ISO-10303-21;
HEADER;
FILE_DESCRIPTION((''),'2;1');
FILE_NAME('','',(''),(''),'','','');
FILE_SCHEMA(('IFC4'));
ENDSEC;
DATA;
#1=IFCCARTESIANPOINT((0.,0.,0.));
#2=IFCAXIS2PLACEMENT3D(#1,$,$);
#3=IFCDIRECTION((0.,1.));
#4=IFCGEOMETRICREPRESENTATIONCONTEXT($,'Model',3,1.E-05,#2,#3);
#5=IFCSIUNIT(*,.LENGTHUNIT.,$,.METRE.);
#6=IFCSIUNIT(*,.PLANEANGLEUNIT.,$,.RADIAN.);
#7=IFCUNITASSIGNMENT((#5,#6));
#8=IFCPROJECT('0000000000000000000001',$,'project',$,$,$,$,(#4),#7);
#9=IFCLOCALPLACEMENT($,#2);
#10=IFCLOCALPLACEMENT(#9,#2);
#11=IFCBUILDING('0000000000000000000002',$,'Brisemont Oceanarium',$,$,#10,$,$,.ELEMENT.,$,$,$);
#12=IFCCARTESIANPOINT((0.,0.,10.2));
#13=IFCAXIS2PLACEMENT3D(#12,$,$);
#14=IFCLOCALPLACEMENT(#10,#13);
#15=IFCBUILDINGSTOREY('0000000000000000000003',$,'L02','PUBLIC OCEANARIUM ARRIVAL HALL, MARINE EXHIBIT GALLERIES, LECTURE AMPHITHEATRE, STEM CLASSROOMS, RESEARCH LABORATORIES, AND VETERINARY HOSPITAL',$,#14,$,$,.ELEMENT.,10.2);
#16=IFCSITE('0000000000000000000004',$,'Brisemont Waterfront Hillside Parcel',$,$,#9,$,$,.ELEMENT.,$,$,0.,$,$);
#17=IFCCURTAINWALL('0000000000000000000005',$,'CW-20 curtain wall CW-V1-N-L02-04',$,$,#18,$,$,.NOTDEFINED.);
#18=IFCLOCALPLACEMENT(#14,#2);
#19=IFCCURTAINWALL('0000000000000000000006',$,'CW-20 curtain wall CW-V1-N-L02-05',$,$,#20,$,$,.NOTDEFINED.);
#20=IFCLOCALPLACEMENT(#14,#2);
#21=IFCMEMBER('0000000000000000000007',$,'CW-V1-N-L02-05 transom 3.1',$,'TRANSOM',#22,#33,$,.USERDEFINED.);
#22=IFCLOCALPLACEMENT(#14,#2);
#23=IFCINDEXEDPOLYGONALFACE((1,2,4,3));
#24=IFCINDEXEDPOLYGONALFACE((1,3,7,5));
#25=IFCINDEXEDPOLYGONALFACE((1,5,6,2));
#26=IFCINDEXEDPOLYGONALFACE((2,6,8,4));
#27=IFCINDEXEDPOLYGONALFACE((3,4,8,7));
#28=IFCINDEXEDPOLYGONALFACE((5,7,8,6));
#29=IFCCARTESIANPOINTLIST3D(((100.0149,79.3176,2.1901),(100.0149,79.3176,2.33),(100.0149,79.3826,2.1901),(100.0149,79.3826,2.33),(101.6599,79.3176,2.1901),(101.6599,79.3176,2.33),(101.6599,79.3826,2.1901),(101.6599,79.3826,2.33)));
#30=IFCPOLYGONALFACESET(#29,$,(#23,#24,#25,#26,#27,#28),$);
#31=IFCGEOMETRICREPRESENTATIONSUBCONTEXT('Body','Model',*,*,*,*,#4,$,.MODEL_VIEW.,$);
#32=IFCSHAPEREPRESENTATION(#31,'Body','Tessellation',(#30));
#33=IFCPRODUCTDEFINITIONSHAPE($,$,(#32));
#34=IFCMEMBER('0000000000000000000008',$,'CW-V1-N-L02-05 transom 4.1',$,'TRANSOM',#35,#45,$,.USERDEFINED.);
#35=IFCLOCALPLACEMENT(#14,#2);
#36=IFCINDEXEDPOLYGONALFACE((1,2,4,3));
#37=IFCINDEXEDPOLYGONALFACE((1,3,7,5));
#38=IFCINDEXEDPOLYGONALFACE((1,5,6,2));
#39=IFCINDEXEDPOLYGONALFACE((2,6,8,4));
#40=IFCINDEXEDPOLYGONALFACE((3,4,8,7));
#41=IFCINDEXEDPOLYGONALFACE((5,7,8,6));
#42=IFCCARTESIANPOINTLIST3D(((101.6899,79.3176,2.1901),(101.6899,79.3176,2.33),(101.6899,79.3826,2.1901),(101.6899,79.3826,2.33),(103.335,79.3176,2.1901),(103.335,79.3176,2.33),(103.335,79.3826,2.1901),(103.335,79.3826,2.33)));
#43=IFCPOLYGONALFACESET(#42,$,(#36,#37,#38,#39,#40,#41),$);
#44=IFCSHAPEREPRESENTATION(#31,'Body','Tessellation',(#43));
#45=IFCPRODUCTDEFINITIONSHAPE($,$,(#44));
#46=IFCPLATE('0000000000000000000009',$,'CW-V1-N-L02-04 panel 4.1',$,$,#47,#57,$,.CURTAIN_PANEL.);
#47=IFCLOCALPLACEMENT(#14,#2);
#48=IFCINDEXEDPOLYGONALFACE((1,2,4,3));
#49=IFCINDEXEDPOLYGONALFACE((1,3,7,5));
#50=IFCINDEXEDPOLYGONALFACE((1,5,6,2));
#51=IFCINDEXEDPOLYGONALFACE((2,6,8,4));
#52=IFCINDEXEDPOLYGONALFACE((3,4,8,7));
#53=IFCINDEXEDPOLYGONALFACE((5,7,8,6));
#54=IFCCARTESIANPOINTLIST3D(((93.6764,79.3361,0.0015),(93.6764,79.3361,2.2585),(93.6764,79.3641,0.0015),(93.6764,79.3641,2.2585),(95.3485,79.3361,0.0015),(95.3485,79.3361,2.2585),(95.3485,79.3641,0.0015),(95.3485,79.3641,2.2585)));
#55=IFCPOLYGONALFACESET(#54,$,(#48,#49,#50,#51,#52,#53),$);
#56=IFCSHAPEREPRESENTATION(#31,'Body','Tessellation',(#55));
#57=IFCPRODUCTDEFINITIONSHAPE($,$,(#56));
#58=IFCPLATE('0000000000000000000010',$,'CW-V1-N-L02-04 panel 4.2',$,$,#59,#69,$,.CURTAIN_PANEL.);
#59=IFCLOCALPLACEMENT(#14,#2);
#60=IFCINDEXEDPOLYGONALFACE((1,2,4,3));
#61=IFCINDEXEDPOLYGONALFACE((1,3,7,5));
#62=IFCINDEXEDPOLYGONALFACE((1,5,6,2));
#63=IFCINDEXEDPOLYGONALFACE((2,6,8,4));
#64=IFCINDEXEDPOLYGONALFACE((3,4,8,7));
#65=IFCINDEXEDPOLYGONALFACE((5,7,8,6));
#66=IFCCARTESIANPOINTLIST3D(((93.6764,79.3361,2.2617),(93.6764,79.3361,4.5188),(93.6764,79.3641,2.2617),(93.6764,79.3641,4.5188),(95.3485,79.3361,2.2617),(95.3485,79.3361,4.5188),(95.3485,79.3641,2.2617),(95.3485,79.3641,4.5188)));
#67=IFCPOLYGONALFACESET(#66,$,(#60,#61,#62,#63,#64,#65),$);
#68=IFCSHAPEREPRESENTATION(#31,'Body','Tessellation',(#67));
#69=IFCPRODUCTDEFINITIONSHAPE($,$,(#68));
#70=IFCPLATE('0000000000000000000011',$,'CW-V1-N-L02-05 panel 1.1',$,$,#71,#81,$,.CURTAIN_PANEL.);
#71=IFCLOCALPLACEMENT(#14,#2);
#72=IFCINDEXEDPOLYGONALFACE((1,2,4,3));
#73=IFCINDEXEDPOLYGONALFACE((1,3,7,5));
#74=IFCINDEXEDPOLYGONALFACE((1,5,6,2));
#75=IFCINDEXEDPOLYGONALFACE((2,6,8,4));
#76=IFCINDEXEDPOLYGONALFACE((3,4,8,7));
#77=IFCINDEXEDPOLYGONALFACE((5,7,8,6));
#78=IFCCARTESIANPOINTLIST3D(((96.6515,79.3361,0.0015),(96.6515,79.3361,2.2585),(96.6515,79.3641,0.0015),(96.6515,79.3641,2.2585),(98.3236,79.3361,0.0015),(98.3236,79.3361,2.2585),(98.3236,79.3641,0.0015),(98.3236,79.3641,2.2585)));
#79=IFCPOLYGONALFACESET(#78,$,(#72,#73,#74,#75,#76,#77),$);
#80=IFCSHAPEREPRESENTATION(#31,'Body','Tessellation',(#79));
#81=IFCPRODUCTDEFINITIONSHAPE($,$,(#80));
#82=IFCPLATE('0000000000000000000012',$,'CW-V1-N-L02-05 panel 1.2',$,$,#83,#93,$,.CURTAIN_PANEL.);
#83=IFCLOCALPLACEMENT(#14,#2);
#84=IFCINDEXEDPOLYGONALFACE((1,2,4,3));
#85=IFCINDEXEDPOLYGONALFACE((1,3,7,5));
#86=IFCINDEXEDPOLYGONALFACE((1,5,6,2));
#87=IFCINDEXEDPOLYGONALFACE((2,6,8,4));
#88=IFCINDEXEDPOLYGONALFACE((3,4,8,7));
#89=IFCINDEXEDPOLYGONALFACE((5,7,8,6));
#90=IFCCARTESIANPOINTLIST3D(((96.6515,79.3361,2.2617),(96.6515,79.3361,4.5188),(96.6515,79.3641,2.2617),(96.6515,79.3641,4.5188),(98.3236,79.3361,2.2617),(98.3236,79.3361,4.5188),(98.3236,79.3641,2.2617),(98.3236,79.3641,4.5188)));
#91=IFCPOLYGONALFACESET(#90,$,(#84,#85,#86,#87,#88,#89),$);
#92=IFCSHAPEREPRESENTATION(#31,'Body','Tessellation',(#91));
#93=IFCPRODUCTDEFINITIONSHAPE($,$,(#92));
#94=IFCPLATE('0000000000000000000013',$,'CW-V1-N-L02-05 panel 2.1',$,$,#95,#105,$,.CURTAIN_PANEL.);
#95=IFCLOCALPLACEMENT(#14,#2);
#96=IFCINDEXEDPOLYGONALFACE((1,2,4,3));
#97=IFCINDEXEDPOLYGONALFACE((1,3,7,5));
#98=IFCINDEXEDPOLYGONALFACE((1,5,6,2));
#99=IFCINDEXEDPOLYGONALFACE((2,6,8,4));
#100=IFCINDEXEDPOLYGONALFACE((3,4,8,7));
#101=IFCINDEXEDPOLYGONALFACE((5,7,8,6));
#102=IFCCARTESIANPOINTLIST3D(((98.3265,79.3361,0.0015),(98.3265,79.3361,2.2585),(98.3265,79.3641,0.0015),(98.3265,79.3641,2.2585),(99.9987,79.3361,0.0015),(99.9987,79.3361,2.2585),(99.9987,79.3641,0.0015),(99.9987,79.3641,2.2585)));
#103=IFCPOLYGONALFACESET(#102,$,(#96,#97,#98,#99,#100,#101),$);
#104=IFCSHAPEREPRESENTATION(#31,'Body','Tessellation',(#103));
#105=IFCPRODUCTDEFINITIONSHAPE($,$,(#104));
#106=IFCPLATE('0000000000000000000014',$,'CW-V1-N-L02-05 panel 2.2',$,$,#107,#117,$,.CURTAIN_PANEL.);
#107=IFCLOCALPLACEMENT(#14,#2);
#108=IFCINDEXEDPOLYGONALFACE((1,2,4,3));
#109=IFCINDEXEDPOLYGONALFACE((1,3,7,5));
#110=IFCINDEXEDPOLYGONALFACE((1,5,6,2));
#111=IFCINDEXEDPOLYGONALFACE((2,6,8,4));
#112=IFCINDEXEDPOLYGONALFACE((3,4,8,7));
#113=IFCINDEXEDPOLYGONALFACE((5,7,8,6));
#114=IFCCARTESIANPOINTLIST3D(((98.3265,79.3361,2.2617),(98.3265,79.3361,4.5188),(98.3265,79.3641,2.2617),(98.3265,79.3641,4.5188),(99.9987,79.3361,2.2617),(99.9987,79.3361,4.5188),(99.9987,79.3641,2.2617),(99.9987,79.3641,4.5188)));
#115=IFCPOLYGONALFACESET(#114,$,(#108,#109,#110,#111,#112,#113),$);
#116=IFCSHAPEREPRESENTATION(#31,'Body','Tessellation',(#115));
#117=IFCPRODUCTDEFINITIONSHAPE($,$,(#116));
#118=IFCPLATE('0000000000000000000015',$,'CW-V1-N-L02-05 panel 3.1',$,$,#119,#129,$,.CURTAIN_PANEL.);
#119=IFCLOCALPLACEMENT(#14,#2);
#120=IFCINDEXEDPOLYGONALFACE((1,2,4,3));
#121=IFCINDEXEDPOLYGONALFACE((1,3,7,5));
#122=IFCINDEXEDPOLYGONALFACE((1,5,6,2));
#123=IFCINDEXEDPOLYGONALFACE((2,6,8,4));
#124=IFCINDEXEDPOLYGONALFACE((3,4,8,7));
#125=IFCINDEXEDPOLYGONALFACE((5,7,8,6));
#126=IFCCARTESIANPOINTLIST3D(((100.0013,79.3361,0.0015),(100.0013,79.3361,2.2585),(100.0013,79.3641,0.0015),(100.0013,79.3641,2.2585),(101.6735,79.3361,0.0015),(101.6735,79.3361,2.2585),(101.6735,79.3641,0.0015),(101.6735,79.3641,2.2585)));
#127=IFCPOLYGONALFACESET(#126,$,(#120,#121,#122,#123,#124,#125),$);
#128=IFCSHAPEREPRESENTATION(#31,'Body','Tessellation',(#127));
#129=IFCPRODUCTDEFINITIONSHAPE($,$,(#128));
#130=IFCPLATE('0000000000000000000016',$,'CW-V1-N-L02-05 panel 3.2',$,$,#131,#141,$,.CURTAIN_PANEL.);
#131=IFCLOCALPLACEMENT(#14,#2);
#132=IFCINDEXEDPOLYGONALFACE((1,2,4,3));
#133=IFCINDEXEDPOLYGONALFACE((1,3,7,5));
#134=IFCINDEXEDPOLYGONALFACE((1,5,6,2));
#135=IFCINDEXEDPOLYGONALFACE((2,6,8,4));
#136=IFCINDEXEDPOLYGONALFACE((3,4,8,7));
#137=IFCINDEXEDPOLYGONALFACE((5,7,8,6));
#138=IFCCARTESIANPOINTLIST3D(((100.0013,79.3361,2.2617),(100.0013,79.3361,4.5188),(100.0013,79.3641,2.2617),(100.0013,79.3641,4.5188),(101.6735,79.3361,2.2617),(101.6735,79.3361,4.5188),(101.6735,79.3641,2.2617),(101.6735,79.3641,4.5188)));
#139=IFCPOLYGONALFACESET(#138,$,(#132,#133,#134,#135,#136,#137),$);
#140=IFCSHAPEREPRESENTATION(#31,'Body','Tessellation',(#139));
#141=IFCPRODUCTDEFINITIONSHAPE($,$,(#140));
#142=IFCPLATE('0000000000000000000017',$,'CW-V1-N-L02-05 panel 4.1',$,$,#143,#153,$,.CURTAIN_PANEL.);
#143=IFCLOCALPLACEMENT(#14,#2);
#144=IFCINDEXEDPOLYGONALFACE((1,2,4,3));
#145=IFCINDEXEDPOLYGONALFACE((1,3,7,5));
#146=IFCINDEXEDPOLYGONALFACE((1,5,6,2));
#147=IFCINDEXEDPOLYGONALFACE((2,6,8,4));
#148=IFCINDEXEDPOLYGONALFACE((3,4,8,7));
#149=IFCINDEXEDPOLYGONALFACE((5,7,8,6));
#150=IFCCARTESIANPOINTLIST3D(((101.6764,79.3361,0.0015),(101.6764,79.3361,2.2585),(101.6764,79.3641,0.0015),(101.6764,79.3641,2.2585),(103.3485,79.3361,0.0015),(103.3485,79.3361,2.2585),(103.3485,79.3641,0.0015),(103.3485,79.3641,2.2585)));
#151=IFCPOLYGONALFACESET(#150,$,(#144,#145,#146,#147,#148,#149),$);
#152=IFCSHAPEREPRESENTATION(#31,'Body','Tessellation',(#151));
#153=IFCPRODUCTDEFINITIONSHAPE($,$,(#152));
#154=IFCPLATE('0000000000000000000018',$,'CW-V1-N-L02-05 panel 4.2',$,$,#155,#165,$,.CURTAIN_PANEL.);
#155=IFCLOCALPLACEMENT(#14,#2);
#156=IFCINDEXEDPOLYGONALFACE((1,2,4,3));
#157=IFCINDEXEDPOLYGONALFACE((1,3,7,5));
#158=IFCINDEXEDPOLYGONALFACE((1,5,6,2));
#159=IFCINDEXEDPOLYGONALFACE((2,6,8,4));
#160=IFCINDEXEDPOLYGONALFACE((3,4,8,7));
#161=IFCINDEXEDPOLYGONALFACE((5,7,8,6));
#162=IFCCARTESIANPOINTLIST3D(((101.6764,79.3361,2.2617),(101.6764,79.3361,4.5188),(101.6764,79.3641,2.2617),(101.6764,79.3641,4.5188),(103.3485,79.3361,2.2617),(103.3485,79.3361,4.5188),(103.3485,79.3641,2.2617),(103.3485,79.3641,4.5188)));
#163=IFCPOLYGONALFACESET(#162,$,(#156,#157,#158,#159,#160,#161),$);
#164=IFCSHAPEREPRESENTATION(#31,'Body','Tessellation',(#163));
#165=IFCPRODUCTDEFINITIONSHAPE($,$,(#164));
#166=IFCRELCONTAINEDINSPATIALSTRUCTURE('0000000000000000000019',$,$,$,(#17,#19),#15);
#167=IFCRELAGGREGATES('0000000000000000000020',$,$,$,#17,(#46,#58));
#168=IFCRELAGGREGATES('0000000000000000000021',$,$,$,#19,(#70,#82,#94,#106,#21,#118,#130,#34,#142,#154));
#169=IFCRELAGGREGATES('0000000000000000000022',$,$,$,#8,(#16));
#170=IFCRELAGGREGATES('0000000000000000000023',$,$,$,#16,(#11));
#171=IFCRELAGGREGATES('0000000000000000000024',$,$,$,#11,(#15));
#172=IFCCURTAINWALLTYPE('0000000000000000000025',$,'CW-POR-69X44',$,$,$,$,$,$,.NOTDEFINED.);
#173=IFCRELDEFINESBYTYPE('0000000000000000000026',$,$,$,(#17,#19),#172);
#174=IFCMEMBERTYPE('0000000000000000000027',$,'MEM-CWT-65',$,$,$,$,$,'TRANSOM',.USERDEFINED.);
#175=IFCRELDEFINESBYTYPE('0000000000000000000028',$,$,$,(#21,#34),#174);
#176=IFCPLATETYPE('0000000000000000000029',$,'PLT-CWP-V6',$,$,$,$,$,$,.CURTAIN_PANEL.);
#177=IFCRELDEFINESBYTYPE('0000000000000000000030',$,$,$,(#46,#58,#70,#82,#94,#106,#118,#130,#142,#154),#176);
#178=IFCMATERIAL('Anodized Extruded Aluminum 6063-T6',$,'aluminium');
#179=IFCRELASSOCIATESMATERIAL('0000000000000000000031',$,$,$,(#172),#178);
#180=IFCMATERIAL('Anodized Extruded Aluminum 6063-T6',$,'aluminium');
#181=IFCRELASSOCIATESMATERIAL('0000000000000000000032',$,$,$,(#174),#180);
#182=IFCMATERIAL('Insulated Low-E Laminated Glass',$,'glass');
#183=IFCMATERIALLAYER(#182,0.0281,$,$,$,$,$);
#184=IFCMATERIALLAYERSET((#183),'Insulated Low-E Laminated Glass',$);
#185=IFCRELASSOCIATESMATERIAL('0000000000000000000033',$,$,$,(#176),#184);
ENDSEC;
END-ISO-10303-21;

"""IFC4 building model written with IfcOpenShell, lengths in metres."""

from ifc_helpers import new_model, si_unit, direction, frame, origin, origin_2d, place, context, subcontext, project, spatial, rectangle, extrude, material, layer, layer_set, material_profile, profile_set, type_object, element, aggregate, save


model = new_model("IFC4")

# Units and contexts
model_context = context("Model", 3, precision=1e-05, world=origin(), true_north=direction((0.0, 1.0)))
body_context = subcontext(model_context, "Body", "Model", "MODEL_VIEW")
ifc_project = project(units=[si_unit("LENGTHUNIT", "METRE"), si_unit("PLANEANGLEUNIT", "RADIAN")], contexts=[model_context])

# Site, building, storey
site_placement = place(None, origin())
site = spatial("IfcSite", under=ifc_project, at=site_placement, Name="Brisemont Waterfront Hillside Parcel", CompositionType="ELEMENT", RefElevation=0.0)
building_placement = place(site_placement, origin())
building = spatial("IfcBuilding", under=site, at=building_placement, Name="Brisemont Oceanarium", CompositionType="ELEMENT")
storey_placement = place(building_placement, frame((0.0, 0.0, 10.2)))
storey = spatial("IfcBuildingStorey", under=building, at=storey_placement, Name="L02", Description="PUBLIC OCEANARIUM ARRIVAL HALL, MARINE EXHIBIT GALLERIES, LECTURE AMPHITHEATRE, STEM CLASSROOMS, RESEARCH LABORATORIES, AND VETERINARY HOSPITAL", CompositionType="ELEMENT", Elevation=10.2)

# Curtain walls
ifc_material_1 = material(Name="Anodized Extruded Aluminum 6063-T6", Category="aluminium")
curtain_wall_type = type_object("IfcCurtainWallType", Name="CW-POR-69X44", PredefinedType="NOTDEFINED", material=ifc_material_1)
curtain_wall_1_placement = place(storey_placement, origin())
curtain_wall_1 = element("IfcCurtainWall", 1, at=curtain_wall_1_placement, inside=storey, type_object=curtain_wall_type, Name="CW-20 curtain wall CW-V1-N-L02-04", PredefinedType="NOTDEFINED")
curtain_wall_2_placement = place(storey_placement, origin())
curtain_wall_2 = element("IfcCurtainWall", 2, at=curtain_wall_2_placement, inside=storey, type_object=curtain_wall_type, Name="CW-20 curtain wall CW-V1-N-L02-05", PredefinedType="NOTDEFINED")

# Members
ifc_material_2 = material(Name="Anodized Extruded Aluminum 6063-T6", Category="aluminium")
ifc_material_profile_1 = material_profile(ifc_material_2, rectangle(XDim=0.0649, YDim=0.1399, at=origin_2d()), Name="CWT-65X140")
ifc_profile_set_1 = profile_set([ifc_material_profile_1], Name="Anodized Extruded Aluminum 6063-T6")
member_type_1 = type_object("IfcMemberType", Name="MEM-CWT-65", ElementType="TRANSOM", PredefinedType="USERDEFINED", material=ifc_profile_set_1)
member_1_placement = place(storey_placement, frame((100.0149, 79.3501, 2.26), z_axis=(1.0, 0.0, 0.0), x_axis=(0.0, 1.0, 0.0)))
member_1 = element("IfcMember", 3, at=member_1_placement, type_object=member_type_1, Name="CW-V1-N-L02-05 transom 3.1", ObjectType="TRANSOM", PredefinedType="USERDEFINED", context=body_context, shape_type="SweptSolid", body=[
    extrude(rectangle(XDim=0.0649, YDim=0.1399, at=origin_2d()), origin(), (0.0, 0.0, 1.0), 1.645),
])
member_2_placement = place(storey_placement, frame((101.6899, 79.3501, 2.26), z_axis=(1.0, 0.0, 0.0), x_axis=(0.0, 1.0, 0.0)))
member_2 = element("IfcMember", 4, at=member_2_placement, type_object=member_type_1, Name="CW-V1-N-L02-05 transom 4.1", ObjectType="TRANSOM", PredefinedType="USERDEFINED", context=body_context, shape_type="SweptSolid", body=[
    extrude(rectangle(XDim=0.0649, YDim=0.1399, at=origin_2d()), origin(), (0.0, 0.0, 1.0), 1.645),
])

# Plates
ifc_material_3 = material(Name="Insulated Low-E Laminated Glass", Category="glass")
ifc_layer = layer(ifc_material_3, 0.0281)
ifc_layer_set = layer_set([ifc_layer], Name="Insulated Low-E Laminated Glass")
plate_type = type_object("IfcPlateType", Name="PLT-CWP-V6", PredefinedType="CURTAIN_PANEL", material=ifc_layer_set)
plate_1_placement = place(storey_placement, frame((94.5125, 79.3501, 0.0015), z_axis=(0.0, 0.0, 1.0), x_axis=(1.0, 0.0, 0.0)))
plate_1 = element("IfcPlate", 5, at=plate_1_placement, type_object=plate_type, Name="CW-V1-N-L02-04 panel 4.1", PredefinedType="CURTAIN_PANEL", context=body_context, shape_type="SweptSolid", body=[
    extrude(rectangle(XDim=1.6721, YDim=0.0281, at=origin_2d()), origin(), (0.0, 0.0, 1.0), 2.2571),
])
plate_2_placement = place(storey_placement, frame((94.5125, 79.3501, 2.2617), z_axis=(0.0, 0.0, 1.0), x_axis=(1.0, 0.0, 0.0)))
plate_2 = element("IfcPlate", 6, at=plate_2_placement, type_object=plate_type, Name="CW-V1-N-L02-04 panel 4.2", PredefinedType="CURTAIN_PANEL", context=body_context, shape_type="SweptSolid", body=[
    extrude(rectangle(XDim=1.6721, YDim=0.0281, at=origin_2d()), origin(), (0.0, 0.0, 1.0), 2.2571),
])
aggregate(curtain_wall_1, [plate_1, plate_2])
plate_3_placement = place(storey_placement, frame((97.4875, 79.3501, 0.0015), z_axis=(0.0, 0.0, 1.0), x_axis=(1.0, 0.0, 0.0)))
plate_3 = element("IfcPlate", 7, at=plate_3_placement, type_object=plate_type, Name="CW-V1-N-L02-05 panel 1.1", PredefinedType="CURTAIN_PANEL", context=body_context, shape_type="SweptSolid", body=[
    extrude(rectangle(XDim=1.6721, YDim=0.0281, at=origin_2d()), origin(), (0.0, 0.0, 1.0), 2.2571),
])
plate_4_placement = place(storey_placement, frame((97.4875, 79.3501, 2.2617), z_axis=(0.0, 0.0, 1.0), x_axis=(1.0, 0.0, 0.0)))
plate_4 = element("IfcPlate", 8, at=plate_4_placement, type_object=plate_type, Name="CW-V1-N-L02-05 panel 1.2", PredefinedType="CURTAIN_PANEL", context=body_context, shape_type="SweptSolid", body=[
    extrude(rectangle(XDim=1.6721, YDim=0.0281, at=origin_2d()), origin(), (0.0, 0.0, 1.0), 2.2571),
])
plate_5_placement = place(storey_placement, frame((99.1626, 79.3501, 0.0015), z_axis=(0.0, 0.0, 1.0), x_axis=(1.0, 0.0, 0.0)))
plate_5 = element("IfcPlate", 9, at=plate_5_placement, type_object=plate_type, Name="CW-V1-N-L02-05 panel 2.1", PredefinedType="CURTAIN_PANEL", context=body_context, shape_type="SweptSolid", body=[
    extrude(rectangle(XDim=1.6721, YDim=0.0281, at=origin_2d()), origin(), (0.0, 0.0, 1.0), 2.2571),
])
plate_6_placement = place(storey_placement, frame((99.1626, 79.3501, 2.2617), z_axis=(0.0, 0.0, 1.0), x_axis=(1.0, 0.0, 0.0)))
plate_6 = element("IfcPlate", 10, at=plate_6_placement, type_object=plate_type, Name="CW-V1-N-L02-05 panel 2.2", PredefinedType="CURTAIN_PANEL", context=body_context, shape_type="SweptSolid", body=[
    extrude(rectangle(XDim=1.6721, YDim=0.0281, at=origin_2d()), origin(), (0.0, 0.0, 1.0), 2.2571),
])
plate_7_placement = place(storey_placement, frame((100.8374, 79.3501, 0.0015), z_axis=(0.0, 0.0, 1.0), x_axis=(1.0, 0.0, 0.0)))
plate_7 = element("IfcPlate", 11, at=plate_7_placement, type_object=plate_type, Name="CW-V1-N-L02-05 panel 3.1", PredefinedType="CURTAIN_PANEL", context=body_context, shape_type="SweptSolid", body=[
    extrude(rectangle(XDim=1.6721, YDim=0.0281, at=origin_2d()), origin(), (0.0, 0.0, 1.0), 2.2571),
])
plate_8_placement = place(storey_placement, frame((100.8374, 79.3501, 2.2617), z_axis=(0.0, 0.0, 1.0), x_axis=(1.0, 0.0, 0.0)))
plate_8 = element("IfcPlate", 12, at=plate_8_placement, type_object=plate_type, Name="CW-V1-N-L02-05 panel 3.2", PredefinedType="CURTAIN_PANEL", context=body_context, shape_type="SweptSolid", body=[
    extrude(rectangle(XDim=1.6721, YDim=0.0281, at=origin_2d()), origin(), (0.0, 0.0, 1.0), 2.2571),
])
plate_9_placement = place(storey_placement, frame((102.5125, 79.3501, 0.0015), z_axis=(0.0, 0.0, 1.0), x_axis=(1.0, 0.0, 0.0)))
plate_9 = element("IfcPlate", 13, at=plate_9_placement, type_object=plate_type, Name="CW-V1-N-L02-05 panel 4.1", PredefinedType="CURTAIN_PANEL", context=body_context, shape_type="SweptSolid", body=[
    extrude(rectangle(XDim=1.6721, YDim=0.0281, at=origin_2d()), origin(), (0.0, 0.0, 1.0), 2.2571),
])
plate_10_placement = place(storey_placement, frame((102.5125, 79.3501, 2.2617), z_axis=(0.0, 0.0, 1.0), x_axis=(1.0, 0.0, 0.0)))
plate_10 = element("IfcPlate", 14, at=plate_10_placement, type_object=plate_type, Name="CW-V1-N-L02-05 panel 4.2", PredefinedType="CURTAIN_PANEL", context=body_context, shape_type="SweptSolid", body=[
    extrude(rectangle(XDim=1.6721, YDim=0.0281, at=origin_2d()), origin(), (0.0, 0.0, 1.0), 2.2571),
])
aggregate(curtain_wall_2, [plate_3, plate_4, plate_5, plate_6, member_1, plate_7, plate_8, member_2, plate_9, plate_10])

save(model, "model.ifc")
